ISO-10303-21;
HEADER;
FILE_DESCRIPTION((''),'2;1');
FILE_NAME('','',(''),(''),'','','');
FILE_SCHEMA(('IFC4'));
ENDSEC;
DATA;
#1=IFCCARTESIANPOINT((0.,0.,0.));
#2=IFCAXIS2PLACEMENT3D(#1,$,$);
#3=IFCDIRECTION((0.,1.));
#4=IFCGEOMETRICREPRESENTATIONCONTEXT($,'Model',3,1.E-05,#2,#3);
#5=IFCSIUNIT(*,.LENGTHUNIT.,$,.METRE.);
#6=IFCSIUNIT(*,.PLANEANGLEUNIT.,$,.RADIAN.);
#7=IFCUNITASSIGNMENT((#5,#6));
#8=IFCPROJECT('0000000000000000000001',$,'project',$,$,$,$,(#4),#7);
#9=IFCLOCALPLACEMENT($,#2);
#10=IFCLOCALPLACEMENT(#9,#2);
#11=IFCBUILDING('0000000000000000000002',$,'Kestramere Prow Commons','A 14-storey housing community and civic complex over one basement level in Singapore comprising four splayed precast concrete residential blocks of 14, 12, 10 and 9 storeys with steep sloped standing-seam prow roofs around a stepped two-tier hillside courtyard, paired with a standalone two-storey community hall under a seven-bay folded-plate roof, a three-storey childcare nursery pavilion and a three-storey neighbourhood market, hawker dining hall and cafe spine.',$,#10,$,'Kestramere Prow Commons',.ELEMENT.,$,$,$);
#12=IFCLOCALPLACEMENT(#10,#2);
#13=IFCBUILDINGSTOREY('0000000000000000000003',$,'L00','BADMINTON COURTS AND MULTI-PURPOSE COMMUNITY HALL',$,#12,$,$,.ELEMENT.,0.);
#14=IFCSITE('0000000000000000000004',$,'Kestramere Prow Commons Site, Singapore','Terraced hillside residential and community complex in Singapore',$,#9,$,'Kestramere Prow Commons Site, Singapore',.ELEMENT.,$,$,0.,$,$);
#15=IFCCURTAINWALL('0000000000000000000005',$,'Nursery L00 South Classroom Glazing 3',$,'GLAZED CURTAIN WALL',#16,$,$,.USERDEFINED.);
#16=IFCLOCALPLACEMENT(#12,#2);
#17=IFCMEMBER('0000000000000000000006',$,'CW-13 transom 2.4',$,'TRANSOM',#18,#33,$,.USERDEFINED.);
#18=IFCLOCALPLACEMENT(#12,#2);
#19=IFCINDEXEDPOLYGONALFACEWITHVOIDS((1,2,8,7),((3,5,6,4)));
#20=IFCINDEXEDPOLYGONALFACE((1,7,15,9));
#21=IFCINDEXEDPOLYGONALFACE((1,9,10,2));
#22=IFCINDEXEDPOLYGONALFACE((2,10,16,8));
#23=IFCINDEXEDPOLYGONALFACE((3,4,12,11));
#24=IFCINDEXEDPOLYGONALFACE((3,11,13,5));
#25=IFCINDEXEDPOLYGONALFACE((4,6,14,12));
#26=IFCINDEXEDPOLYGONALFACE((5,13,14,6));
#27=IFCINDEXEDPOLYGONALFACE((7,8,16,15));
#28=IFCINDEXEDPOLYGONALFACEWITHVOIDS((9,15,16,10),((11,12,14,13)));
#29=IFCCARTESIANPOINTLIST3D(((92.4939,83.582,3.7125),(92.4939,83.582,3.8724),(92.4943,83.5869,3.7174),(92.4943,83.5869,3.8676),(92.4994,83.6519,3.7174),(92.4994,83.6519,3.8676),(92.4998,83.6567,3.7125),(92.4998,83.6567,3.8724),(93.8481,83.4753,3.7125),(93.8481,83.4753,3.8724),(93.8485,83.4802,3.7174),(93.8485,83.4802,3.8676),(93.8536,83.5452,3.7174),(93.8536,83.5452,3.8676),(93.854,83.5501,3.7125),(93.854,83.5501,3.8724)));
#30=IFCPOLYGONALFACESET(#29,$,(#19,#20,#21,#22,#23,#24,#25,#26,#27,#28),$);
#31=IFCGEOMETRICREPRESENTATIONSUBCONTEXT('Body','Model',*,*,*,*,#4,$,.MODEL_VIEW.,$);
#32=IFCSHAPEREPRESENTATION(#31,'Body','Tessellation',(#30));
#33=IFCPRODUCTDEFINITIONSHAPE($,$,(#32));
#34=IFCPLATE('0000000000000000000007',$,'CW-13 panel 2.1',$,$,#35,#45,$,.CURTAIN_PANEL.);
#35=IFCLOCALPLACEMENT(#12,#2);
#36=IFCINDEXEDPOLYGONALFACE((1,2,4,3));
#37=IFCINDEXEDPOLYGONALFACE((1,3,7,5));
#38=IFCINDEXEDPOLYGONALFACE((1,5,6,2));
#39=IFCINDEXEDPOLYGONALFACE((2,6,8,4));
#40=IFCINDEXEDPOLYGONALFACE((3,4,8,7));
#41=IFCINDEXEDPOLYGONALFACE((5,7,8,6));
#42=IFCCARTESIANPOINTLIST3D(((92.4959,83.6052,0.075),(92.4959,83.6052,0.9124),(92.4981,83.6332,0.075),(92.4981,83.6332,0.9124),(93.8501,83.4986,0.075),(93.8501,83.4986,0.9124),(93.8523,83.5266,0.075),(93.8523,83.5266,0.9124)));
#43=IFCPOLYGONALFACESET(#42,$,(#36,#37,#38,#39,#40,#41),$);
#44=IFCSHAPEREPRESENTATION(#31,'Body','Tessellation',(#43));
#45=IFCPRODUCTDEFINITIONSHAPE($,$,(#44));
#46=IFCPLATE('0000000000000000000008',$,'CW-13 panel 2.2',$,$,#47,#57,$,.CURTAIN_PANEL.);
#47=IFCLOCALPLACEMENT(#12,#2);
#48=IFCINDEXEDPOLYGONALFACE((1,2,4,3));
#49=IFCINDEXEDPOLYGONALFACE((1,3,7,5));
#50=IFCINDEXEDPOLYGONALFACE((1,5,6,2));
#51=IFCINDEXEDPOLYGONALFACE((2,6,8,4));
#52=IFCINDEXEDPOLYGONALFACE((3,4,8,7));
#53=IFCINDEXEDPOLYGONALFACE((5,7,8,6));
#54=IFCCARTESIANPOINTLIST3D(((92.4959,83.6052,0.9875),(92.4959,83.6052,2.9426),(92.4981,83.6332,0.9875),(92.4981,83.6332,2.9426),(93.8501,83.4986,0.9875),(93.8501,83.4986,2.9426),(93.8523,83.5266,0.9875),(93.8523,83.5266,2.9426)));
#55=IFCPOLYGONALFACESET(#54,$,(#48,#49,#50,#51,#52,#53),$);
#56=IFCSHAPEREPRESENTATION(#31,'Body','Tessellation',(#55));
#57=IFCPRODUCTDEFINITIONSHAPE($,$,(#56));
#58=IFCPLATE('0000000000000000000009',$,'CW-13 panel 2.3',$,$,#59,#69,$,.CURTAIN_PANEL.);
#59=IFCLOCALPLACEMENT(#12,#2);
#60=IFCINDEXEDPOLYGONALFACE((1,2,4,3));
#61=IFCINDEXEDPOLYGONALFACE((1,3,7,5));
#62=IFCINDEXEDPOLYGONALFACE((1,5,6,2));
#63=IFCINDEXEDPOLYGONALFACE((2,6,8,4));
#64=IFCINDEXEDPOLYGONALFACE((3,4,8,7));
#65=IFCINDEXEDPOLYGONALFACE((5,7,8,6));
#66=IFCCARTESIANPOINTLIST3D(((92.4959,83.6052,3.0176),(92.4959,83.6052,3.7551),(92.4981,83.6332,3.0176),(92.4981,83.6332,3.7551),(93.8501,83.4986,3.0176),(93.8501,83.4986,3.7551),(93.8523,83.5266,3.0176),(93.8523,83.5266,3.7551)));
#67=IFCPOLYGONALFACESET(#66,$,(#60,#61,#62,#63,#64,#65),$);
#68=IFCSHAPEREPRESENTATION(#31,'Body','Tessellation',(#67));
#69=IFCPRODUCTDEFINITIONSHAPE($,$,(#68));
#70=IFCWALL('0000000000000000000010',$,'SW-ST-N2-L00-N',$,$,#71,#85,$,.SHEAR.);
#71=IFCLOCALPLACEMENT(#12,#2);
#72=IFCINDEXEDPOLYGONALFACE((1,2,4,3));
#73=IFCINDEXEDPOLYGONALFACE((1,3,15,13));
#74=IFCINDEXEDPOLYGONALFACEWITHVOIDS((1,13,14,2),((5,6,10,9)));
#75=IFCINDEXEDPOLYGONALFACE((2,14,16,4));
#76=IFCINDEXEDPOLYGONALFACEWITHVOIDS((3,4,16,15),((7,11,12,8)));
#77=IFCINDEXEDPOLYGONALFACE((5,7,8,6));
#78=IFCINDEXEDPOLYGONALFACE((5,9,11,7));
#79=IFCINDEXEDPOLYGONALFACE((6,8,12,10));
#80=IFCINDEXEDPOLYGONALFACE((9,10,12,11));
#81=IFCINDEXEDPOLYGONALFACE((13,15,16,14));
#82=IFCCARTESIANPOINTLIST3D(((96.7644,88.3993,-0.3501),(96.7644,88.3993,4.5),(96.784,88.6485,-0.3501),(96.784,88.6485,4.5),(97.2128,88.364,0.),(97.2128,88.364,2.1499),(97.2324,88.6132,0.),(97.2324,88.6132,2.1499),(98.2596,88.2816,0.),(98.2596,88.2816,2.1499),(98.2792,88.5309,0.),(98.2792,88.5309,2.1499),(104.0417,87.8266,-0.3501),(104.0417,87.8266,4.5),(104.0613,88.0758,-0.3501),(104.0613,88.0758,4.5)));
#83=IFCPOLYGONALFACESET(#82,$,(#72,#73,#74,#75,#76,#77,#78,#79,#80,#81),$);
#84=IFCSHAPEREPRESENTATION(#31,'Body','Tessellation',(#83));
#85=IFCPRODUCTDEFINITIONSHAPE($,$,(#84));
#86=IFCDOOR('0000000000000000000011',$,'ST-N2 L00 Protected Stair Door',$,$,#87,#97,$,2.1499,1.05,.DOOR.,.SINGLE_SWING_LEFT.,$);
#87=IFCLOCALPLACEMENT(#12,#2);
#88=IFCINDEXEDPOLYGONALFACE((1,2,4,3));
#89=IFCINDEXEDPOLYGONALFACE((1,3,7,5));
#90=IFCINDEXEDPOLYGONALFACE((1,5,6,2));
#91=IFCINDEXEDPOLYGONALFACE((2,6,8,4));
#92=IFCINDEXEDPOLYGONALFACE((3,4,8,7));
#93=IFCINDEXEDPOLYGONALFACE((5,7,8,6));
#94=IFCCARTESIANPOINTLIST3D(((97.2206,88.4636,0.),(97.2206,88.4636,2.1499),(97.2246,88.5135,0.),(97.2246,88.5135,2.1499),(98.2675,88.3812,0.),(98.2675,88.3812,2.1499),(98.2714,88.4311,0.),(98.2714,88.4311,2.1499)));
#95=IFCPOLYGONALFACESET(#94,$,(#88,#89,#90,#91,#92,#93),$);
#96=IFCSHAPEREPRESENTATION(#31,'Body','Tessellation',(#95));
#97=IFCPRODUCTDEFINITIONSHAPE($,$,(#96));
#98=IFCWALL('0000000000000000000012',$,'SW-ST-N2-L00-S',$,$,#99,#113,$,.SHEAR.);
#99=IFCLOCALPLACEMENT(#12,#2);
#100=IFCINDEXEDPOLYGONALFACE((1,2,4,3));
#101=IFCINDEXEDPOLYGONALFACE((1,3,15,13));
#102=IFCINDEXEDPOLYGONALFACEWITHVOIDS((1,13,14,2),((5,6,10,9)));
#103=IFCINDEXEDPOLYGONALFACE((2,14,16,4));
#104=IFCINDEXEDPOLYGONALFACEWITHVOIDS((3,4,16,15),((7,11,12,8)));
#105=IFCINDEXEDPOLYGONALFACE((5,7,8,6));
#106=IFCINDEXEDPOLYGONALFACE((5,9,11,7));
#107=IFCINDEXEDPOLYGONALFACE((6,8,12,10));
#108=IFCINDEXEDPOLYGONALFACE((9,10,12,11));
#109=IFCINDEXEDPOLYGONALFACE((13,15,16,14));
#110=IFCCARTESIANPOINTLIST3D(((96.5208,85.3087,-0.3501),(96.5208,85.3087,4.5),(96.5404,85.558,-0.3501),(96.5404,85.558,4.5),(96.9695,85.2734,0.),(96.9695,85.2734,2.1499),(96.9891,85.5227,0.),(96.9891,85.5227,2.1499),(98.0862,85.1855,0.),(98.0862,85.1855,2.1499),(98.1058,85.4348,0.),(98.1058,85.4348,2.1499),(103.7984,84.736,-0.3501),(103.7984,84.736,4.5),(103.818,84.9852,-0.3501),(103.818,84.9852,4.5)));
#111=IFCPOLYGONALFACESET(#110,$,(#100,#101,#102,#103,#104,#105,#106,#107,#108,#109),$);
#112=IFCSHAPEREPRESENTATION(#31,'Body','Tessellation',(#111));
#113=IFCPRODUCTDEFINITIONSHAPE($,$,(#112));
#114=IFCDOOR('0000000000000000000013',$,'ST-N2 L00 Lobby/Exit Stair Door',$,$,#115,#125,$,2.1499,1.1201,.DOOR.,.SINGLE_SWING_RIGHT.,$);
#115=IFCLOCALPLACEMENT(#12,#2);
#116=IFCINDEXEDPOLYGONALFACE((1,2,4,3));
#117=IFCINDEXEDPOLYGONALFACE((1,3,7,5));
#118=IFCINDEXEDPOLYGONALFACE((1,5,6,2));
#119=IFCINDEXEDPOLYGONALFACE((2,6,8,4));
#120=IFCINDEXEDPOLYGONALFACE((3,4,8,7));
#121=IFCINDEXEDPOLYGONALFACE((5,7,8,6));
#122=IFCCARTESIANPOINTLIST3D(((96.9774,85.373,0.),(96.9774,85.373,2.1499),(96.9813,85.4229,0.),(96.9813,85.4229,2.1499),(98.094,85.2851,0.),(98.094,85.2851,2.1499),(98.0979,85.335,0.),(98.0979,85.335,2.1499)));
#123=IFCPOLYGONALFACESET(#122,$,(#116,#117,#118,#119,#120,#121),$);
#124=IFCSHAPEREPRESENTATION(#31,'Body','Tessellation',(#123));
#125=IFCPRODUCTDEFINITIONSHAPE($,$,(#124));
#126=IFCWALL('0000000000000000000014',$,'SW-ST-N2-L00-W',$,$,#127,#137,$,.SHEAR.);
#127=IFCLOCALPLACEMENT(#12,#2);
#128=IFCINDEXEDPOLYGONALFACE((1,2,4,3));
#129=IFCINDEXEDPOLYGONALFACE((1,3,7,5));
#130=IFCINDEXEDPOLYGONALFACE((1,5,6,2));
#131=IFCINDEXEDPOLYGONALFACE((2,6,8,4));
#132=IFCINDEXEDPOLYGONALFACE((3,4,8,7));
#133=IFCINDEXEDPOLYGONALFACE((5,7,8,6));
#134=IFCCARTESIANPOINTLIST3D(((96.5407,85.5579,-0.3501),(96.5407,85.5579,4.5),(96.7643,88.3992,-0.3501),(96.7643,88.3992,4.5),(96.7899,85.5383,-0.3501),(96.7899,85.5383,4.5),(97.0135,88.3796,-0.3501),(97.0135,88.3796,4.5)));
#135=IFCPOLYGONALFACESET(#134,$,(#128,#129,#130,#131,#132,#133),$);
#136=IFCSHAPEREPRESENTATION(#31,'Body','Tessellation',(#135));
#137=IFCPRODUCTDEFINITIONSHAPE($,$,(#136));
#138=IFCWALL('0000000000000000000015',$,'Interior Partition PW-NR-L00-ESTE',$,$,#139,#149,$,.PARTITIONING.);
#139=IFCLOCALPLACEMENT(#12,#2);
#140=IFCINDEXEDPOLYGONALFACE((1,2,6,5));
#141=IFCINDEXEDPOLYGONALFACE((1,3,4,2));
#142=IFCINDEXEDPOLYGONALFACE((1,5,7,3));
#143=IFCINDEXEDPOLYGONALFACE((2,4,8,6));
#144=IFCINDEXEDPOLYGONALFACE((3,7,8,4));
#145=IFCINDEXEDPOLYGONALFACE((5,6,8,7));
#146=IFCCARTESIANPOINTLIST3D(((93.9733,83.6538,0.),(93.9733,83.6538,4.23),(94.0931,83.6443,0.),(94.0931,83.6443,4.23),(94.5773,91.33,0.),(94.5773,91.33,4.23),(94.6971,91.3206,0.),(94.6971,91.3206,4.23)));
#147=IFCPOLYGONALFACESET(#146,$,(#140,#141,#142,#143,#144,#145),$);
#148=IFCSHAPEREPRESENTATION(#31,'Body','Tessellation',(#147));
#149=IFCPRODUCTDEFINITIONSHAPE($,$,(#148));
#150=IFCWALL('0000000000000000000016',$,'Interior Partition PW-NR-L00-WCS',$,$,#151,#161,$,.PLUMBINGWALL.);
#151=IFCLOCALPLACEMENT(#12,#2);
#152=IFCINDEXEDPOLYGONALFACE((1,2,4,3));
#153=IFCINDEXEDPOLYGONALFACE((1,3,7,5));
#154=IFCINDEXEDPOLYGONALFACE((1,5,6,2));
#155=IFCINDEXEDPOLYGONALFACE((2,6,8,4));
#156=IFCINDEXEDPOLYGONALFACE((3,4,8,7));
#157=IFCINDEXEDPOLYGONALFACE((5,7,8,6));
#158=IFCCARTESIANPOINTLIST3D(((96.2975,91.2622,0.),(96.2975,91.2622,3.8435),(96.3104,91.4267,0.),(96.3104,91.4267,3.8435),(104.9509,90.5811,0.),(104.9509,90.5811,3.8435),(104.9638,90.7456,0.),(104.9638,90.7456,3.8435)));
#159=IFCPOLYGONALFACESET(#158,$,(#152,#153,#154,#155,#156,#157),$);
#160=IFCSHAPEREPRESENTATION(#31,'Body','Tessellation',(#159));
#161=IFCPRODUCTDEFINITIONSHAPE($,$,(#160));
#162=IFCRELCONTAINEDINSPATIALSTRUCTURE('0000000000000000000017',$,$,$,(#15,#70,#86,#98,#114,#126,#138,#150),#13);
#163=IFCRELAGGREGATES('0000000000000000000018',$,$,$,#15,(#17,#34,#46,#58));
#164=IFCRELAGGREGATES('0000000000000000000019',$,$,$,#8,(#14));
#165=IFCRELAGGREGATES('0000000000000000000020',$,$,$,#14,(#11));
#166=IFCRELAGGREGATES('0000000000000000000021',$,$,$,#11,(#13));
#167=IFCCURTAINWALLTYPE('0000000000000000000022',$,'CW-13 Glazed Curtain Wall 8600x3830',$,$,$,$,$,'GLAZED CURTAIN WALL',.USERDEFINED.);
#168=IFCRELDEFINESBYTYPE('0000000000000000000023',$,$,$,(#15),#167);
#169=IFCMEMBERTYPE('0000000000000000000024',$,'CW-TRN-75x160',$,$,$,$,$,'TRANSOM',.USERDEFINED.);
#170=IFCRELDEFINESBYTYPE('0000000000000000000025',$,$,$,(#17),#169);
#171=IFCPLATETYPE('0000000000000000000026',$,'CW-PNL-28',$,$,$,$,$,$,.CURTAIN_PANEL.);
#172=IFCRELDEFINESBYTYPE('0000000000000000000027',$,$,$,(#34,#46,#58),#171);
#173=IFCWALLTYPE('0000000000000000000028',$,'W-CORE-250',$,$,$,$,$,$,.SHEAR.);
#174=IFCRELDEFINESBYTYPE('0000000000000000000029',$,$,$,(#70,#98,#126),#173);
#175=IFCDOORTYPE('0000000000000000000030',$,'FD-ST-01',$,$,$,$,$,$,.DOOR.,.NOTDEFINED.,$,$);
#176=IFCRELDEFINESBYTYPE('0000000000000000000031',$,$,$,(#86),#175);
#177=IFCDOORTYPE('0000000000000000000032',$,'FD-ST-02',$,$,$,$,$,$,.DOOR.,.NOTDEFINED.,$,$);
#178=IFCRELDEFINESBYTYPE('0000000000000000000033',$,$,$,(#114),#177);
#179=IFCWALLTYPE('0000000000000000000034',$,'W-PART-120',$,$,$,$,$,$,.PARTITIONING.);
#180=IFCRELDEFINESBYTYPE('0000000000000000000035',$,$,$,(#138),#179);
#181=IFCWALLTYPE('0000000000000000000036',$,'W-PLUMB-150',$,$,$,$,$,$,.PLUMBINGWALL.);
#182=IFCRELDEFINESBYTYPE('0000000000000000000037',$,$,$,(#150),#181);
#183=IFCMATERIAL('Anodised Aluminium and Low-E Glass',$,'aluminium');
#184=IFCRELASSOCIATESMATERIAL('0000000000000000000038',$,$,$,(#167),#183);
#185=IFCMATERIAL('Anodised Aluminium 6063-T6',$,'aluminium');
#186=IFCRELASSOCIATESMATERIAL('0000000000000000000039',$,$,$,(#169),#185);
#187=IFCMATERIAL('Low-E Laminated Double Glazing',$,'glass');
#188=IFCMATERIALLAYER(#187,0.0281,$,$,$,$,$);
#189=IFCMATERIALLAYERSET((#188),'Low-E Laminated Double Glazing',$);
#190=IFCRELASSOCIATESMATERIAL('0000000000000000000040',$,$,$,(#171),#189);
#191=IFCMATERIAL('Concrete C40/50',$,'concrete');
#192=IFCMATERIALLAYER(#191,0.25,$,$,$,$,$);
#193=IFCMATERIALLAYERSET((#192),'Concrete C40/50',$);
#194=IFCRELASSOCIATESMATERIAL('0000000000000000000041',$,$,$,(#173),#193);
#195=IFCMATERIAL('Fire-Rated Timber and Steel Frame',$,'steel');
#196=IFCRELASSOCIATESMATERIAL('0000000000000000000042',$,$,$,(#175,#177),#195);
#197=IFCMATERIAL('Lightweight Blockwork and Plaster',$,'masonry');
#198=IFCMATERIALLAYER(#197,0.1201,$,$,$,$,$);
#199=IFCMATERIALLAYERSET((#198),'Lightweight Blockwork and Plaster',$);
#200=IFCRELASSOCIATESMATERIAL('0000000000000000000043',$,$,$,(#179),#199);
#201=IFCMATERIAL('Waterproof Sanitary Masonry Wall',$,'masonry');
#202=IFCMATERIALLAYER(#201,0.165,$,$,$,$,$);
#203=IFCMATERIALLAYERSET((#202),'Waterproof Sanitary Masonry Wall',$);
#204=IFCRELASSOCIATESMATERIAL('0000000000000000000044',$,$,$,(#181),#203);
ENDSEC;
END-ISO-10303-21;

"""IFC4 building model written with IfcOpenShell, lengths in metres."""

from ifc_helpers import new_model, si_unit, direction, frame, frame_2d, origin, origin_2d, place, context, subcontext, project, spatial, rectangle, hollow_rectangle, extrude, material, layer, layer_set, material_profile, profile_set, type_object, element, fill, aggregate, save


model = new_model("IFC4")

# Units and contexts
model_context = context("Model", 3, precision=1e-05, world=origin(), true_north=direction((0.0, 1.0)))
body_context = subcontext(model_context, "Body", "Model", "MODEL_VIEW")
ifc_project = project(units=[si_unit("LENGTHUNIT", "METRE"), si_unit("PLANEANGLEUNIT", "RADIAN")], contexts=[model_context])

# Site, building, storey
site_placement = place(None, origin())
site = spatial("IfcSite", under=ifc_project, at=site_placement, Name="Kestramere Prow Commons Site, Singapore", Description="Terraced hillside residential and community complex in Singapore", LongName="Kestramere Prow Commons Site, Singapore", CompositionType="ELEMENT", RefElevation=0.0)
building_placement = place(site_placement, origin())
building = spatial("IfcBuilding", under=site, at=building_placement, Name="Kestramere Prow Commons", Description="A 14-storey housing community and civic complex over one basement level in Singapore comprising four splayed precast concrete residential blocks of 14, 12, 10 and 9 storeys with steep sloped standing-seam prow roofs around a stepped two-tier hillside courtyard, paired with a standalone two-storey community hall under a seven-bay folded-plate roof, a three-storey childcare nursery pavilion and a three-storey neighbourhood market, hawker dining hall and cafe spine.", LongName="Kestramere Prow Commons", CompositionType="ELEMENT")
storey_placement = place(building_placement, origin())
storey = spatial("IfcBuildingStorey", under=building, at=storey_placement, Name="L00", Description="BADMINTON COURTS AND MULTI-PURPOSE COMMUNITY HALL", CompositionType="ELEMENT", Elevation=0.0)

# Shared definitions
ifc_material_1 = material(Name="Concrete C40/50", Category="concrete")

# Curtain wall, member, plates
ifc_material_2 = material(Name="Anodised Aluminium and Low-E Glass", Category="aluminium")
curtain_wall_type = type_object("IfcCurtainWallType", Name="CW-13 Glazed Curtain Wall 8600x3830", ElementType="GLAZED CURTAIN WALL", PredefinedType="USERDEFINED", material=ifc_material_2)
curtain_wall_placement = place(storey_placement, origin())
curtain_wall = element("IfcCurtainWall", 1, at=curtain_wall_placement, inside=storey, type_object=curtain_wall_type, Name="Nursery L00 South Classroom Glazing 3", ObjectType="GLAZED CURTAIN WALL", PredefinedType="USERDEFINED")
ifc_material_3 = material(Name="Anodised Aluminium 6063-T6", Category="aluminium")
ifc_material_profile_1 = material_profile(ifc_material_3, hollow_rectangle(XDim=0.075, YDim=0.1599, WallThickness=0.0049, at=origin_2d()), Name="ALU-TRN 75x160")
ifc_profile_set_1 = profile_set([ifc_material_profile_1], Name="Anodised Aluminium 6063-T6")
member_type_1 = type_object("IfcMemberType", Name="CW-TRN-75x160", ElementType="TRANSOM", PredefinedType="USERDEFINED", material=ifc_profile_set_1)
member_1_placement = place(storey_placement, frame((93.8511, 83.5127, 3.7925), z_axis=(-0.996911, 0.078538, 0.0), x_axis=(-0.078538, -0.996911, 0.0)))
member_1 = element("IfcMember", 2, at=member_1_placement, type_object=member_type_1, Name="CW-13 transom 2.4", ObjectType="TRANSOM", PredefinedType="USERDEFINED", context=body_context, shape_type="SweptSolid", body=[
    extrude(hollow_rectangle(XDim=0.075, YDim=0.1599, WallThickness=0.0049, at=origin_2d()), origin(), (0.0, 0.0, 1.0), 1.3584),
])
ifc_material_4 = material(Name="Low-E Laminated Double Glazing", Category="glass")
ifc_layer_1 = layer(ifc_material_4, 0.0281)
ifc_layer_set_1 = layer_set([ifc_layer_1], Name="Low-E Laminated Double Glazing")
plate_type = type_object("IfcPlateType", Name="CW-PNL-28", PredefinedType="CURTAIN_PANEL", material=ifc_layer_set_1)
plate_1_placement = place(storey_placement, frame((93.1741, 83.5659, 0.075), z_axis=(0.0, 0.0, 1.0), x_axis=(-0.996917, 0.078459, 0.0)))
plate_1 = element("IfcPlate", 3, at=plate_1_placement, type_object=plate_type, Name="CW-13 panel 2.1", PredefinedType="CURTAIN_PANEL", context=body_context, shape_type="SweptSolid", body=[
    extrude(rectangle(XDim=1.3584, YDim=0.0281, at=origin_2d()), origin(), (0.0, 0.0, 1.0), 0.8374),
])
plate_2_placement = place(storey_placement, frame((93.1741, 83.5659, 0.9875), z_axis=(0.0, 0.0, 1.0), x_axis=(-0.996917, 0.078459, 0.0)))
plate_2 = element("IfcPlate", 4, at=plate_2_placement, type_object=plate_type, Name="CW-13 panel 2.2", PredefinedType="CURTAIN_PANEL", context=body_context, shape_type="SweptSolid", body=[
    extrude(rectangle(XDim=1.3584, YDim=0.0281, at=origin_2d()), origin(), (0.0, 0.0, 1.0), 1.9551),
])
plate_3_placement = place(storey_placement, frame((93.1741, 83.5659, 3.0176), z_axis=(0.0, 0.0, 1.0), x_axis=(-0.996917, 0.078459, 0.0)))
plate_3 = element("IfcPlate", 5, at=plate_3_placement, type_object=plate_type, Name="CW-13 panel 2.3", PredefinedType="CURTAIN_PANEL", context=body_context, shape_type="SweptSolid", body=[
    extrude(rectangle(XDim=1.3584, YDim=0.0281, at=origin_2d()), origin(), (0.0, 0.0, 1.0), 0.7375),
])
aggregate(curtain_wall, [member_1, plate_1, plate_2, plate_3])

# Walls, openings, doors
ifc_layer_2 = layer(ifc_material_1, 0.25)
ifc_layer_set_2 = layer_set([ifc_layer_2], Name="Concrete C40/50")
wall_type_1 = type_object("IfcWallType", Name="W-CORE-250", PredefinedType="SHEAR", material=ifc_layer_set_2)
wall_1_placement = place(storey_placement, frame((96.7742, 88.5239, -0.3501), z_axis=(0.0, 0.0, 1.0), x_axis=(0.996917, -0.078461, 0.0)))
wall_1 = element("IfcWall", 6, at=wall_1_placement, inside=storey, type_object=wall_type_1, Name="SW-ST-N2-L00-N", PredefinedType="SHEAR", context=body_context, shape_type="SweptSolid", body=[
    extrude(rectangle(XDim=7.2998, YDim=0.25, at=frame_2d((3.6499, 0.0))), origin(), (0.0, 0.0, 1.0), 4.8501),
])
opening_1_placement = place(wall_1_placement, frame((0.45, 0.0, 0.3501)))
opening_1 = element("IfcOpeningElement", 7, at=opening_1_placement, cuts=wall_1, PredefinedType="OPENING", context=body_context, shape_type="SweptSolid", body=[
    extrude(rectangle(XDim=1.05, YDim=2.1499, at=frame_2d((0.5249, 1.075))), frame((0.0, 0.1399, 0.0), z_axis=(0.0, -1.0, 0.0), x_axis=(1.0, 0.0, 0.0)), (0.0, 0.0, 1.0), 0.28),
])
ifc_material_5 = material(Name="Fire-Rated Timber and Steel Frame", Category="steel")
door_type_1 = type_object("IfcDoorType", Name="FD-ST-01", OperationType="NOTDEFINED", PredefinedType="DOOR", material=ifc_material_5)
door_1_placement = place(opening_1_placement, origin())
door_1 = element("IfcDoor", 8, at=door_1_placement, inside=storey, type_object=door_type_1, Name="ST-N2 L00 Protected Stair Door", OperationType="SINGLE_SWING_LEFT", OverallHeight=2.1499, OverallWidth=1.05, PredefinedType="DOOR", context=body_context, shape_type="SweptSolid", body=[
    extrude(rectangle(XDim=1.05, YDim=2.1499, at=frame_2d((0.5249, 1.075))), frame((0.0, 0.0249, 0.0), z_axis=(0.0, -1.0, 0.0), x_axis=(1.0, 0.0, 0.0)), (0.0, 0.0, 1.0), 0.05),
])
fill(opening_1, door_1)
wall_2_placement = place(storey_placement, frame((96.5308, 85.4333, -0.3501), z_axis=(0.0, 0.0, 1.0), x_axis=(0.996917, -0.078458, 0.0)))
wall_2 = element("IfcWall", 9, at=wall_2_placement, inside=storey, type_object=wall_type_1, Name="SW-ST-N2-L00-S", PredefinedType="SHEAR", context=body_context, shape_type="SweptSolid", body=[
    extrude(rectangle(XDim=7.3, YDim=0.25, at=frame_2d((3.6499, 0.0))), origin(), (0.0, 0.0, 1.0), 4.8501),
])
opening_2_placement = place(wall_2_placement, frame((0.45, 0.0, 0.3501)))
opening_2 = element("IfcOpeningElement", 10, at=opening_2_placement, cuts=wall_2, PredefinedType="OPENING", context=body_context, shape_type="SweptSolid", body=[
    extrude(rectangle(XDim=1.1201, YDim=2.1499, at=frame_2d((0.5601, 1.075))), frame((0.0, 0.1399, 0.0), z_axis=(0.0, -1.0, 0.0), x_axis=(1.0, 0.0, 0.0)), (0.0, 0.0, 1.0), 0.28),
])
door_type_2 = type_object("IfcDoorType", Name="FD-ST-02", OperationType="NOTDEFINED", PredefinedType="DOOR", material=ifc_material_5)
door_2_placement = place(opening_2_placement, origin())
door_2 = element("IfcDoor", 11, at=door_2_placement, inside=storey, type_object=door_type_2, Name="ST-N2 L00 Lobby/Exit Stair Door", OperationType="SINGLE_SWING_RIGHT", OverallHeight=2.1499, OverallWidth=1.1201, PredefinedType="DOOR", context=body_context, shape_type="SweptSolid", body=[
    extrude(rectangle(XDim=1.1201, YDim=2.1499, at=frame_2d((0.5601, 1.075))), frame((0.0, 0.0249, 0.0), z_axis=(0.0, -1.0, 0.0), x_axis=(1.0, 0.0, 0.0)), (0.0, 0.0, 1.0), 0.05),
])
fill(opening_2, door_2)

# Walls
wall_3_placement = place(storey_placement, frame((96.6653, 85.5481, -0.3501), z_axis=(0.0, 0.0, 1.0), x_axis=(0.078465, 0.996917, 0.0)))
element("IfcWall", 12, at=wall_3_placement, inside=storey, type_object=wall_type_1, Name="SW-ST-N2-L00-W", PredefinedType="SHEAR", context=body_context, shape_type="SweptSolid", body=[
    extrude(rectangle(XDim=2.8501, YDim=0.25, at=frame_2d((1.425, 0.0))), origin(), (0.0, 0.0, 1.0), 4.8501),
])
ifc_material_6 = material(Name="Lightweight Blockwork and Plaster", Category="masonry")
ifc_layer_3 = layer(ifc_material_6, 0.1201)
ifc_layer_set_3 = layer_set([ifc_layer_3], Name="Lightweight Blockwork and Plaster")
wall_type_2 = type_object("IfcWallType", Name="W-PART-120", PredefinedType="PARTITIONING", material=ifc_layer_set_3)
wall_4_placement = place(storey_placement, frame((94.0332, 83.6489, 0.0), z_axis=(0.0, 0.0, 1.0), x_axis=(0.078442, 0.996919, 0.0)))
element("IfcWall", 13, at=wall_4_placement, inside=storey, type_object=wall_type_2, Name="Interior Partition PW-NR-L00-ESTE", PredefinedType="PARTITIONING", context=body_context, shape_type="SweptSolid", body=[
    extrude(rectangle(XDim=7.7, YDim=0.1201, at=frame_2d((3.8501, 0.0))), origin(), (0.0, 0.0, 1.0), 4.23),
])
ifc_material_7 = material(Name="Waterproof Sanitary Masonry Wall", Category="masonry")
ifc_layer_4 = layer(ifc_material_7, 0.165)
ifc_layer_set_4 = layer_set([ifc_layer_4], Name="Waterproof Sanitary Masonry Wall")
wall_type_3 = type_object("IfcWallType", Name="W-PLUMB-150", PredefinedType="PLUMBINGWALL", material=ifc_layer_set_4)
wall_5_placement = place(storey_placement, frame((96.304, 91.3445, 0.0), z_axis=(0.0, 0.0, 1.0), x_axis=(0.996916, -0.078473, 0.0)))
element("IfcWall", 14, at=wall_5_placement, inside=storey, type_object=wall_type_3, Name="Interior Partition PW-NR-L00-WCS", PredefinedType="PLUMBINGWALL", context=body_context, shape_type="SweptSolid", body=[
    extrude(rectangle(XDim=8.6802, YDim=0.165, at=frame_2d((4.3401, 0.0))), origin(), (0.0, 0.0, 1.0), 3.8435),
])

save(model, "model.ifc")
